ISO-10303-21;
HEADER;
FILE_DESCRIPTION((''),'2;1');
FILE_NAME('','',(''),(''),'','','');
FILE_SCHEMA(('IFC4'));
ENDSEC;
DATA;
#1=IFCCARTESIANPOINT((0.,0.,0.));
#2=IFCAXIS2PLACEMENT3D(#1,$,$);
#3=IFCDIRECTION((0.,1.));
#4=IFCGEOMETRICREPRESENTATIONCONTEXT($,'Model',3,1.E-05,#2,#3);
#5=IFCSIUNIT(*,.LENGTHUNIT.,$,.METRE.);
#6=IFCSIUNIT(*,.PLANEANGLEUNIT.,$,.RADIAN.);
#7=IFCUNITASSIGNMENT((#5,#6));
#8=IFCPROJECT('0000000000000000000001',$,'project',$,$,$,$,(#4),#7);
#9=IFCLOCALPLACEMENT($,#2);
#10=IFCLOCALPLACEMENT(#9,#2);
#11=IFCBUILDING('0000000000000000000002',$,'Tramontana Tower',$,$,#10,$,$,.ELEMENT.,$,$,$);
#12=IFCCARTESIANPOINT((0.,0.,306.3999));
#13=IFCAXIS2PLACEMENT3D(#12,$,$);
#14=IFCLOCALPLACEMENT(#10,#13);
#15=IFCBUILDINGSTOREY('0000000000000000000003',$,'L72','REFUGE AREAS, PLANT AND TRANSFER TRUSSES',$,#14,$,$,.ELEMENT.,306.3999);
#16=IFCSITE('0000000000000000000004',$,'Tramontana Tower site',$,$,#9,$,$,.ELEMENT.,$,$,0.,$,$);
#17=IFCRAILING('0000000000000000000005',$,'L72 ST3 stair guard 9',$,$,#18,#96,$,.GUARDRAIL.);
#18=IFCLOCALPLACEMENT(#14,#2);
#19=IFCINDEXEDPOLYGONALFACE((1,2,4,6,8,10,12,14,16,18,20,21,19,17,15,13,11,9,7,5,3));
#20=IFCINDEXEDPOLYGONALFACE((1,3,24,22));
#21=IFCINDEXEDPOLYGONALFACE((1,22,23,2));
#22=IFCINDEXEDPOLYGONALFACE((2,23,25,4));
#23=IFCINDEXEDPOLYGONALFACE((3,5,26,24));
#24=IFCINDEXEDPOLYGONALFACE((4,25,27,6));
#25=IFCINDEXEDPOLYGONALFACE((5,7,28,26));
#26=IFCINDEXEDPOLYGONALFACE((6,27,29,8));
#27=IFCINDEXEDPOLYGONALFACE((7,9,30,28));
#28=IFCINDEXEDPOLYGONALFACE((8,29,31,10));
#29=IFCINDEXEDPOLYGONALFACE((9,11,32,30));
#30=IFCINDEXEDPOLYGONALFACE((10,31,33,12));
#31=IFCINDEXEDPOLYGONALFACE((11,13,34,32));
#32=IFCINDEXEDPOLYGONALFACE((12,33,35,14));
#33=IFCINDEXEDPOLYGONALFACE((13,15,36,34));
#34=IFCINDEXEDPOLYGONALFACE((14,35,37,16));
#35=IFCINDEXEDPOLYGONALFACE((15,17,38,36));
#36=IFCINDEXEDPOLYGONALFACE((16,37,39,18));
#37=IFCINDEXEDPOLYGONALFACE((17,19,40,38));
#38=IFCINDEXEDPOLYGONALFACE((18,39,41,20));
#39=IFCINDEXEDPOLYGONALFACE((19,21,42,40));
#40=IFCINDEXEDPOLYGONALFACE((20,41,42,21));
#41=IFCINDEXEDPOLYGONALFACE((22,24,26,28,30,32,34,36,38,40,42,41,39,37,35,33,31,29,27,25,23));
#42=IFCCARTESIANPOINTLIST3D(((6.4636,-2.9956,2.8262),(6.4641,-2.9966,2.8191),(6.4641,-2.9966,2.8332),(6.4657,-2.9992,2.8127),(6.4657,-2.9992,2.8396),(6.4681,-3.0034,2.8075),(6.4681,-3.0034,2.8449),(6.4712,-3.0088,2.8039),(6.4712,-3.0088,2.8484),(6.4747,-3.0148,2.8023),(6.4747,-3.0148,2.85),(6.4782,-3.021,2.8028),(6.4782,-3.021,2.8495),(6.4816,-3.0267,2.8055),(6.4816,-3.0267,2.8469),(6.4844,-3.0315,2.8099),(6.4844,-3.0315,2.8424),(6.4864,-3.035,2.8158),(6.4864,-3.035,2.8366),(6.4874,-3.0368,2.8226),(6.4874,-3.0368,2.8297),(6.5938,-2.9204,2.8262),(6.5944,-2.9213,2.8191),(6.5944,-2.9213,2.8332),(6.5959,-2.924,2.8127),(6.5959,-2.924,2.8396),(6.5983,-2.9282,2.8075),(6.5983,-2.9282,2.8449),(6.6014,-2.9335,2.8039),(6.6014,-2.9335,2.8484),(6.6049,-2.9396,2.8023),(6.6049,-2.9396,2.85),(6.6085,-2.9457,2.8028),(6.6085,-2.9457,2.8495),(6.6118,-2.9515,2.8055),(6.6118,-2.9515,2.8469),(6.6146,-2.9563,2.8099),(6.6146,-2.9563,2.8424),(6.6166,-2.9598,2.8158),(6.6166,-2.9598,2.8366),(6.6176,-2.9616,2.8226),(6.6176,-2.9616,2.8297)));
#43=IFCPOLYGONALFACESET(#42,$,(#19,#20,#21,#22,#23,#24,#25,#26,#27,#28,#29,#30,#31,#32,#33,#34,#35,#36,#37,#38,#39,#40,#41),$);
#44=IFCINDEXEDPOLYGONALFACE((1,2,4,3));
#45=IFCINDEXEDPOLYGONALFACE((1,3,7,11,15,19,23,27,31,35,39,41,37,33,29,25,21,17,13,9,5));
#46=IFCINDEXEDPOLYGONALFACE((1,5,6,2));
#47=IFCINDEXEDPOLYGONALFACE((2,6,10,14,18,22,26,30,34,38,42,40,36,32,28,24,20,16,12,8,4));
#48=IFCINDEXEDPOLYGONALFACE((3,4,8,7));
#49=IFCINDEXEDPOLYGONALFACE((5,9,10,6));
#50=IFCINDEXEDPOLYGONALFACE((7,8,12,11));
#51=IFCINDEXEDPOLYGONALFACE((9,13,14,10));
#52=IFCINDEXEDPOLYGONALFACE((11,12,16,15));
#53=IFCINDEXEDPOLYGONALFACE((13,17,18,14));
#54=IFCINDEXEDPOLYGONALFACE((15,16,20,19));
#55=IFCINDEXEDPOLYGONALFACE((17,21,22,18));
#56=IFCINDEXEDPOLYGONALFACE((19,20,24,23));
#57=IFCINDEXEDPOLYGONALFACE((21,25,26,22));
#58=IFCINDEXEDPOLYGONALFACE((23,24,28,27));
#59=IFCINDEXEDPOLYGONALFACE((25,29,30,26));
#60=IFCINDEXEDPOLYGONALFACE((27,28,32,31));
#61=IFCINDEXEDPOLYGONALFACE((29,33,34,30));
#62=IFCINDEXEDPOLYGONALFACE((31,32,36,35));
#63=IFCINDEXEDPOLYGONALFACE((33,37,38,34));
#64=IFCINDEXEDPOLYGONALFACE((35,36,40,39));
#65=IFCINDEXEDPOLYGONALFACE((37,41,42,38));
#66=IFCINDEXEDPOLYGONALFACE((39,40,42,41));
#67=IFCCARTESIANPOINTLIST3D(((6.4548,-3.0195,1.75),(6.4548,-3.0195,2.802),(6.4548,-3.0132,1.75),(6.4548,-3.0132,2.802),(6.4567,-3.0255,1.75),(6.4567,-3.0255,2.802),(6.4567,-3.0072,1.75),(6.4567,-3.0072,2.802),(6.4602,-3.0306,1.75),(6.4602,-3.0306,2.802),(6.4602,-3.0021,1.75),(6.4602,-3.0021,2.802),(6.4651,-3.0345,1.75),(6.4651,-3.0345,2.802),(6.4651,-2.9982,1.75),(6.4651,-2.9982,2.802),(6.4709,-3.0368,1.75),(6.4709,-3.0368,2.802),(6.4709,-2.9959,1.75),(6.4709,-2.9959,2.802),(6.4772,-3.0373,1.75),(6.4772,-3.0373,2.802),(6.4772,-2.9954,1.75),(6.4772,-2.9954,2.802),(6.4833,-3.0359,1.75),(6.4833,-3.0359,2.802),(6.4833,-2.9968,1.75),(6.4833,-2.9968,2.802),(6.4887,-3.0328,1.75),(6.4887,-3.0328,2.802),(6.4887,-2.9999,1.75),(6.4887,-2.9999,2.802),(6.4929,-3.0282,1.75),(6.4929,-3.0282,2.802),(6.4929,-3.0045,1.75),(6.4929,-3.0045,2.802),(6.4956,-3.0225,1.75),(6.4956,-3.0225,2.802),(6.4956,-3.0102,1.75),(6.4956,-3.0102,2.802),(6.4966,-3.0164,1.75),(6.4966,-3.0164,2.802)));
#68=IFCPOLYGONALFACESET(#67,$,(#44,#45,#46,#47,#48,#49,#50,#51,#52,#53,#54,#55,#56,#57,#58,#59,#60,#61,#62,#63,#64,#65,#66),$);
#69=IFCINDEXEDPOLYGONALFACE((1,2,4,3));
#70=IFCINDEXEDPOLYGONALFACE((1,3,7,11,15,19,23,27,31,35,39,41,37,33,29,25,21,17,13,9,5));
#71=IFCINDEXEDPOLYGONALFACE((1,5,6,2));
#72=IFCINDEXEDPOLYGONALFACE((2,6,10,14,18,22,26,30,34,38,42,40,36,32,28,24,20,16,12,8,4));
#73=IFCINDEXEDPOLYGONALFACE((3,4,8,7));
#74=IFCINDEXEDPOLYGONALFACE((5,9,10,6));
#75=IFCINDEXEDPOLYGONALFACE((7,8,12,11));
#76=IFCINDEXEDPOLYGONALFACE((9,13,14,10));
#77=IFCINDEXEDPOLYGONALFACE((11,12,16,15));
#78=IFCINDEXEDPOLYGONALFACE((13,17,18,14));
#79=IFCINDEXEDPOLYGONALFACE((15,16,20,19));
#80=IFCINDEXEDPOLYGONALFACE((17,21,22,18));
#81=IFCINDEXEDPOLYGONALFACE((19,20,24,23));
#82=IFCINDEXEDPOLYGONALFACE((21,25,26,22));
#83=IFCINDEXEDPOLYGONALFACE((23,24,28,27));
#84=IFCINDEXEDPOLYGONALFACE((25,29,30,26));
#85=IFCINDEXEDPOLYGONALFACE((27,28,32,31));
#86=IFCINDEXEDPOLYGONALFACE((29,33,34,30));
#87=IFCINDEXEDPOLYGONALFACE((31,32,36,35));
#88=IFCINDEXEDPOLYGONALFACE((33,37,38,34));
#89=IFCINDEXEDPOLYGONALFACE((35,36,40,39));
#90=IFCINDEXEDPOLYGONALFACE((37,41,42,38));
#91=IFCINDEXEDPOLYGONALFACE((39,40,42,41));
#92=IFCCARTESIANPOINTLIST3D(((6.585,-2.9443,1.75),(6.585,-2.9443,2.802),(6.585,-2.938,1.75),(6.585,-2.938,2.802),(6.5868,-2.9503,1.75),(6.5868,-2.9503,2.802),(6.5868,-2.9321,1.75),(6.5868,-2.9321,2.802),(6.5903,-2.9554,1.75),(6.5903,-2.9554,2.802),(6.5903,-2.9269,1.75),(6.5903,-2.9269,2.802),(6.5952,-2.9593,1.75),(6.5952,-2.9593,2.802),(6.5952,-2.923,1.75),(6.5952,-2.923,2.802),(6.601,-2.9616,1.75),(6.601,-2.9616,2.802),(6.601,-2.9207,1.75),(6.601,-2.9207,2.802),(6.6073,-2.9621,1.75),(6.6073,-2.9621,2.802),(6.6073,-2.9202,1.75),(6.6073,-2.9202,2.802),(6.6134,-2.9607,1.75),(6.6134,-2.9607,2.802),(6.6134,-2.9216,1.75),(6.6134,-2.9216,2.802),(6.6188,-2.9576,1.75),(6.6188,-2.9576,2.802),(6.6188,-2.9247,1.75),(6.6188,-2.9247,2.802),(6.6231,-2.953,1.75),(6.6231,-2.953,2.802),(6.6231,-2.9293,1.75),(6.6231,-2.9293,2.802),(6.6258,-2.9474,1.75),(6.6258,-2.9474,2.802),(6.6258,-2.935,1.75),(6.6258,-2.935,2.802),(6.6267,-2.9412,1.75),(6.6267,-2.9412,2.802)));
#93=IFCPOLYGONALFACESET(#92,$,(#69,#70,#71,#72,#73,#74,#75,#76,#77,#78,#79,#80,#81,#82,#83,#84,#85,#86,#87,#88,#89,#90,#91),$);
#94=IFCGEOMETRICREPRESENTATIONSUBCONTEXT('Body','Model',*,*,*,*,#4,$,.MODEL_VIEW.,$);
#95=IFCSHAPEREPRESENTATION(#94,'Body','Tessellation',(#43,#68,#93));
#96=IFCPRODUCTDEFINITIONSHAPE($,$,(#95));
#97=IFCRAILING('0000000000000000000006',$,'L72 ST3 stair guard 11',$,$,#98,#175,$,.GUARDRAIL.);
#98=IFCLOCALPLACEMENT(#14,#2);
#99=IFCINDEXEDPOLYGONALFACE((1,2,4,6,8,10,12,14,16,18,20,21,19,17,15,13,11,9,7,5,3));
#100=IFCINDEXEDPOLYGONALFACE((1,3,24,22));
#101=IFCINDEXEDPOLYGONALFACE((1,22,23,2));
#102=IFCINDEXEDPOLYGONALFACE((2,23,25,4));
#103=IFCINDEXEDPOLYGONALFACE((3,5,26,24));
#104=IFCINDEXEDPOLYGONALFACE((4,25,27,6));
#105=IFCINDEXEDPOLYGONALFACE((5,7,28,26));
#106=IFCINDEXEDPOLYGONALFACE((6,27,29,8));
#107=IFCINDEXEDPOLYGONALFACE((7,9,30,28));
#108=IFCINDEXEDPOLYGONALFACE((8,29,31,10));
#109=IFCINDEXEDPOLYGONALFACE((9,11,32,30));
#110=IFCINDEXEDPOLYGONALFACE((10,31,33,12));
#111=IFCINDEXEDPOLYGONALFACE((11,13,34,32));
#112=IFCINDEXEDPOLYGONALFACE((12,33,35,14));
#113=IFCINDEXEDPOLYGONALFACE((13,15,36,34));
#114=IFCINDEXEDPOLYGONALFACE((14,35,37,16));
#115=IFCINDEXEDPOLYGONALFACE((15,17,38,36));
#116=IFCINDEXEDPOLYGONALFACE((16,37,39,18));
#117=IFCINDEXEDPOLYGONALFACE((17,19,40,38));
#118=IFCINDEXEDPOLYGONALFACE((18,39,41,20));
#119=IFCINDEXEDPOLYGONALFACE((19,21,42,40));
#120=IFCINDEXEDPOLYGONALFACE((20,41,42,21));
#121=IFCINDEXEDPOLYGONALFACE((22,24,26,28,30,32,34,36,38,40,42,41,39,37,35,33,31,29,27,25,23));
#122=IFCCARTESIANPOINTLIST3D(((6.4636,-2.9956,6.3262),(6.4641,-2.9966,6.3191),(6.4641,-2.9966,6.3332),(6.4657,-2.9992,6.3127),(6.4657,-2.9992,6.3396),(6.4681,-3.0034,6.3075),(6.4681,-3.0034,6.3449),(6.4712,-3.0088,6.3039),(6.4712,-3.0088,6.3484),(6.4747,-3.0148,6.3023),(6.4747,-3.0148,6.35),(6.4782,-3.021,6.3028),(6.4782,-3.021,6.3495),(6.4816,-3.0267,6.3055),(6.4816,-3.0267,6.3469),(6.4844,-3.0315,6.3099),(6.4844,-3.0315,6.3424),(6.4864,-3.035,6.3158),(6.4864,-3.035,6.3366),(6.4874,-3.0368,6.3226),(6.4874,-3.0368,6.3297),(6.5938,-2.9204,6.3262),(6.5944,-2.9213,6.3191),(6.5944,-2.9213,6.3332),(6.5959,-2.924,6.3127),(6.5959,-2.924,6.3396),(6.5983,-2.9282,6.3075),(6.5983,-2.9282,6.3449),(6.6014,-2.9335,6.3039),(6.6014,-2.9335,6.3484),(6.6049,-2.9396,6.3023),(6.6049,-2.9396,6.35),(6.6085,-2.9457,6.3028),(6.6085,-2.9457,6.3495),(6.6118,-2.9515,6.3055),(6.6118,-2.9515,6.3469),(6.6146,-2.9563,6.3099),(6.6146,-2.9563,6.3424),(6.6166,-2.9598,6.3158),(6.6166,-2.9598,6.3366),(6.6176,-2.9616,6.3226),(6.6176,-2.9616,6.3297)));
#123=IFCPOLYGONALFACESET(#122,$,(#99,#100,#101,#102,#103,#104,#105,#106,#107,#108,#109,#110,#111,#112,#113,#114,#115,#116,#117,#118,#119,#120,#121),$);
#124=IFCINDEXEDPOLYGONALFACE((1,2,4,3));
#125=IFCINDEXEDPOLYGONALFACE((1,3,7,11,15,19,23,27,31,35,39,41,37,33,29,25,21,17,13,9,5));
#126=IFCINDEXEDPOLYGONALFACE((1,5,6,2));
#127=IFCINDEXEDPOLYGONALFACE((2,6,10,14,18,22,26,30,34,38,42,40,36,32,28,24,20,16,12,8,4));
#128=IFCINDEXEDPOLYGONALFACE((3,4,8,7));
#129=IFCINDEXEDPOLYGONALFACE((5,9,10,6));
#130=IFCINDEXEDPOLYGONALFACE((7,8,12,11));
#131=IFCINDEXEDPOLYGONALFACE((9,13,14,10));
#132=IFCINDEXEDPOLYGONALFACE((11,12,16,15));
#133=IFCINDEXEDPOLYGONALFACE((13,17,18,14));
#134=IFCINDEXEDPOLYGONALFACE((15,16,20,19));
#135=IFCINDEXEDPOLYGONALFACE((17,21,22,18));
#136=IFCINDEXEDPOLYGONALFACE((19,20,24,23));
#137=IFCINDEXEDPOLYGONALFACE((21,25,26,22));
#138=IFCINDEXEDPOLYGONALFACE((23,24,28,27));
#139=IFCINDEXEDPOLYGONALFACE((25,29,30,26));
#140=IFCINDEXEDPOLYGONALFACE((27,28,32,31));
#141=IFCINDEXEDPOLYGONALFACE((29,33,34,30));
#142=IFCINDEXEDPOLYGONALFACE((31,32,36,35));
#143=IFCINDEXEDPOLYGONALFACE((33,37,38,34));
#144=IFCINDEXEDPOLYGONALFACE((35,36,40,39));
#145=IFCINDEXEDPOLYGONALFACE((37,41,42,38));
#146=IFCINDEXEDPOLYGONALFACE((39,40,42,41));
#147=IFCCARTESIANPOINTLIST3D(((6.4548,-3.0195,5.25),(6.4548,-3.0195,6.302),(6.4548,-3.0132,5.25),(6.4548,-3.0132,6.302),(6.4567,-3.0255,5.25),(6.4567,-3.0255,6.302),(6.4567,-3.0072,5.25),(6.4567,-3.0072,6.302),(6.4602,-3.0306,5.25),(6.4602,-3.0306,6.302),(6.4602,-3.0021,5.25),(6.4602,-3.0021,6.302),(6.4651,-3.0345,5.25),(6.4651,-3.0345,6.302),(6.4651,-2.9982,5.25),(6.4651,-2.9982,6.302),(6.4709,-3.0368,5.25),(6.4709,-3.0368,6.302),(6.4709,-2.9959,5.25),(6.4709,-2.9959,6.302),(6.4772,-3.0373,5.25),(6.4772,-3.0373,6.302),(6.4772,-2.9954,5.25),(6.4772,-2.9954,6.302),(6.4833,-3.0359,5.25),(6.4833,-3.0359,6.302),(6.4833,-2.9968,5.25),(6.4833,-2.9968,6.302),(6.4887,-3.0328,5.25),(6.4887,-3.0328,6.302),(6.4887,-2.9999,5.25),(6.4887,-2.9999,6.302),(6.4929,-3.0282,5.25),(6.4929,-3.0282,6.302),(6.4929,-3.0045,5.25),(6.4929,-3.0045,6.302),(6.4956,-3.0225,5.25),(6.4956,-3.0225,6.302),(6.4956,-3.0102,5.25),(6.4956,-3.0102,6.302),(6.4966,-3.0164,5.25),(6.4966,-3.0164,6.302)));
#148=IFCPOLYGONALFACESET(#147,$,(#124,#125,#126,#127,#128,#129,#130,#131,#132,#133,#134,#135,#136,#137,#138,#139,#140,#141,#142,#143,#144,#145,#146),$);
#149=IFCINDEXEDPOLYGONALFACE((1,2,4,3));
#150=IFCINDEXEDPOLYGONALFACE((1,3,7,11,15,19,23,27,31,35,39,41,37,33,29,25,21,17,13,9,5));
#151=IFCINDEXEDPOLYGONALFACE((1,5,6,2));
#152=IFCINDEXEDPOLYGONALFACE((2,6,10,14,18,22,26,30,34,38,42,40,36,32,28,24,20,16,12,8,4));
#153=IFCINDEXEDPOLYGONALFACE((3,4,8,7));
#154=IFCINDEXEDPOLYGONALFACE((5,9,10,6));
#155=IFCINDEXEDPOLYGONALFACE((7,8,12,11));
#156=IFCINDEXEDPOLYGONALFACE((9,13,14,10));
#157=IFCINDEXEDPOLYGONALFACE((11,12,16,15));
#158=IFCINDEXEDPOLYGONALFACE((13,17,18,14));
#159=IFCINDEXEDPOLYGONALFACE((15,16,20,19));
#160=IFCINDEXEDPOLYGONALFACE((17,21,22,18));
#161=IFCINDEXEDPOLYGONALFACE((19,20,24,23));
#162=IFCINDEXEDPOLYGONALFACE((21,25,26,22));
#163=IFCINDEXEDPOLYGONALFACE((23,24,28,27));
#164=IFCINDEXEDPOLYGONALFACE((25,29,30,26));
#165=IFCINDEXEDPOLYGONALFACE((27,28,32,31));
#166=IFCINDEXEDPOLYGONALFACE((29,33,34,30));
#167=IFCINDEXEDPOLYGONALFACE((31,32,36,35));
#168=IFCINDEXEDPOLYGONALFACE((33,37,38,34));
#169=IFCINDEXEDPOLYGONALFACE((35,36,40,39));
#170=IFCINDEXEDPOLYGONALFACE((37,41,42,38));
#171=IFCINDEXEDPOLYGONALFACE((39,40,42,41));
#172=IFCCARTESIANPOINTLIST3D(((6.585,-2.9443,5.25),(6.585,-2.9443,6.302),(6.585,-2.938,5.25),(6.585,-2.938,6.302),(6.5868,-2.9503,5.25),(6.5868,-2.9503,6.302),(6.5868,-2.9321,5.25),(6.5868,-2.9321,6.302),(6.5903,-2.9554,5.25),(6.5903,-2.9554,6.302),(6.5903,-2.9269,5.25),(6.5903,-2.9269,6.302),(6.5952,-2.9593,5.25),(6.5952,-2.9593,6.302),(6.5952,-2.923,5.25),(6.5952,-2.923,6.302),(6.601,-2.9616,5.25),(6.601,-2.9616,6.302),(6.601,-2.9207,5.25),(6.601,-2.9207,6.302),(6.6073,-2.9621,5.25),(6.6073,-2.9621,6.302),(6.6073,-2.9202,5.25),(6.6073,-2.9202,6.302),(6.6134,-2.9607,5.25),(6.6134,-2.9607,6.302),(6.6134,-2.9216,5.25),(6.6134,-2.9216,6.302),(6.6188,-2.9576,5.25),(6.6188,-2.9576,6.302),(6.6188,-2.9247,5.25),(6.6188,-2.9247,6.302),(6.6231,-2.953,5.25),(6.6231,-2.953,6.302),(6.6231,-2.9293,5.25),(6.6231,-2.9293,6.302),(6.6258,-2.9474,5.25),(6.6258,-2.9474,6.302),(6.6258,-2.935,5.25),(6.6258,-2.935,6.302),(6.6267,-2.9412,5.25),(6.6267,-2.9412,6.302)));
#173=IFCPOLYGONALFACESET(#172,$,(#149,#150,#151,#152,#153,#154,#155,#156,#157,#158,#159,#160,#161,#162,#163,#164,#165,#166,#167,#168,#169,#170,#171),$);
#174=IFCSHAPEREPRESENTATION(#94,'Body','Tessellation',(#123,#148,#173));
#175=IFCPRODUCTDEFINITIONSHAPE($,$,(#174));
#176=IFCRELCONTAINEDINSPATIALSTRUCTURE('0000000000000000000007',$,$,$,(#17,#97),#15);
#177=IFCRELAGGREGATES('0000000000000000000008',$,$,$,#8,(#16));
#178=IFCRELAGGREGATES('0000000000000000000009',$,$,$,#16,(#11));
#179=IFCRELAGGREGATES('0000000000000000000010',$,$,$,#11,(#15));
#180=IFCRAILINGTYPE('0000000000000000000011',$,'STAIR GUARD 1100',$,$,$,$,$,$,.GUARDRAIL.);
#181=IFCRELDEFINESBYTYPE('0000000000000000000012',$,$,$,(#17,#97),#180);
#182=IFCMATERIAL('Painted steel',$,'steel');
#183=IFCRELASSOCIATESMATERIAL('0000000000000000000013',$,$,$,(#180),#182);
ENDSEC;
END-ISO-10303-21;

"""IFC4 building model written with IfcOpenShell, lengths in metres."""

from ifc_helpers import new_model, si_unit, direction, frame, origin, origin_2d, place, context, subcontext, project, spatial, circle, extrude, material, type_object, element, save


model = new_model("IFC4")

# Units and contexts
model_context = context("Model", 3, precision=1e-05, world=origin(), true_north=direction((0.0, 1.0)))
body_context = subcontext(model_context, "Body", "Model", "MODEL_VIEW")
ifc_project = project(units=[si_unit("LENGTHUNIT", "METRE"), si_unit("PLANEANGLEUNIT", "RADIAN")], contexts=[model_context])

# Site, building, storey
site_placement = place(None, origin())
site = spatial("IfcSite", under=ifc_project, at=site_placement, Name="Tramontana Tower site", CompositionType="ELEMENT", RefElevation=0.0)
building_placement = place(site_placement, origin())
building = spatial("IfcBuilding", under=site, at=building_placement, Name="Tramontana Tower", CompositionType="ELEMENT")
storey_placement = place(building_placement, frame((0.0, 0.0, 306.3999)))
storey = spatial("IfcBuildingStorey", under=building, at=storey_placement, Name="L72", Description="REFUGE AREAS, PLANT AND TRANSFER TRUSSES", CompositionType="ELEMENT", Elevation=306.3999)

# Railings
ifc_material_1 = material(Name="Painted steel", Category="steel")
railing_type_1 = type_object("IfcRailingType", Name="STAIR GUARD 1100", PredefinedType="GUARDRAIL", material=ifc_material_1)
for number, where, name in (
    (1, (6.4756, -3.0164, 1.75), "L72 ST3 stair guard 9"),
    (2, (6.4756, -3.0164, 5.25), "L72 ST3 stair guard 11"),
):
    element("IfcRailing", number, at=place(storey_placement, frame(where)), inside=storey, type_object=railing_type_1, Name=name, PredefinedType="GUARDRAIL", context=body_context, shape_type="SweptSolid", body=[
        extrude(circle(Radius=0.0239, at=origin_2d()), frame((0.0, 0.0, 1.0762), z_axis=(0.865834, 0.500332, 0.0), x_axis=(-0.500332, 0.865834, 0.0)), (0.0, 0.0, 1.0), 0.1504),
        extrude(circle(Radius=0.021, at=origin_2d()), origin(), (0.0, 0.0, 1.0), 1.052),
        extrude(circle(Radius=0.021, at=origin_2d()), frame((0.1301, 0.0752, 0.0)), (0.0, 0.0, 1.0), 1.052),
    ])

save(model, "model.ifc")
